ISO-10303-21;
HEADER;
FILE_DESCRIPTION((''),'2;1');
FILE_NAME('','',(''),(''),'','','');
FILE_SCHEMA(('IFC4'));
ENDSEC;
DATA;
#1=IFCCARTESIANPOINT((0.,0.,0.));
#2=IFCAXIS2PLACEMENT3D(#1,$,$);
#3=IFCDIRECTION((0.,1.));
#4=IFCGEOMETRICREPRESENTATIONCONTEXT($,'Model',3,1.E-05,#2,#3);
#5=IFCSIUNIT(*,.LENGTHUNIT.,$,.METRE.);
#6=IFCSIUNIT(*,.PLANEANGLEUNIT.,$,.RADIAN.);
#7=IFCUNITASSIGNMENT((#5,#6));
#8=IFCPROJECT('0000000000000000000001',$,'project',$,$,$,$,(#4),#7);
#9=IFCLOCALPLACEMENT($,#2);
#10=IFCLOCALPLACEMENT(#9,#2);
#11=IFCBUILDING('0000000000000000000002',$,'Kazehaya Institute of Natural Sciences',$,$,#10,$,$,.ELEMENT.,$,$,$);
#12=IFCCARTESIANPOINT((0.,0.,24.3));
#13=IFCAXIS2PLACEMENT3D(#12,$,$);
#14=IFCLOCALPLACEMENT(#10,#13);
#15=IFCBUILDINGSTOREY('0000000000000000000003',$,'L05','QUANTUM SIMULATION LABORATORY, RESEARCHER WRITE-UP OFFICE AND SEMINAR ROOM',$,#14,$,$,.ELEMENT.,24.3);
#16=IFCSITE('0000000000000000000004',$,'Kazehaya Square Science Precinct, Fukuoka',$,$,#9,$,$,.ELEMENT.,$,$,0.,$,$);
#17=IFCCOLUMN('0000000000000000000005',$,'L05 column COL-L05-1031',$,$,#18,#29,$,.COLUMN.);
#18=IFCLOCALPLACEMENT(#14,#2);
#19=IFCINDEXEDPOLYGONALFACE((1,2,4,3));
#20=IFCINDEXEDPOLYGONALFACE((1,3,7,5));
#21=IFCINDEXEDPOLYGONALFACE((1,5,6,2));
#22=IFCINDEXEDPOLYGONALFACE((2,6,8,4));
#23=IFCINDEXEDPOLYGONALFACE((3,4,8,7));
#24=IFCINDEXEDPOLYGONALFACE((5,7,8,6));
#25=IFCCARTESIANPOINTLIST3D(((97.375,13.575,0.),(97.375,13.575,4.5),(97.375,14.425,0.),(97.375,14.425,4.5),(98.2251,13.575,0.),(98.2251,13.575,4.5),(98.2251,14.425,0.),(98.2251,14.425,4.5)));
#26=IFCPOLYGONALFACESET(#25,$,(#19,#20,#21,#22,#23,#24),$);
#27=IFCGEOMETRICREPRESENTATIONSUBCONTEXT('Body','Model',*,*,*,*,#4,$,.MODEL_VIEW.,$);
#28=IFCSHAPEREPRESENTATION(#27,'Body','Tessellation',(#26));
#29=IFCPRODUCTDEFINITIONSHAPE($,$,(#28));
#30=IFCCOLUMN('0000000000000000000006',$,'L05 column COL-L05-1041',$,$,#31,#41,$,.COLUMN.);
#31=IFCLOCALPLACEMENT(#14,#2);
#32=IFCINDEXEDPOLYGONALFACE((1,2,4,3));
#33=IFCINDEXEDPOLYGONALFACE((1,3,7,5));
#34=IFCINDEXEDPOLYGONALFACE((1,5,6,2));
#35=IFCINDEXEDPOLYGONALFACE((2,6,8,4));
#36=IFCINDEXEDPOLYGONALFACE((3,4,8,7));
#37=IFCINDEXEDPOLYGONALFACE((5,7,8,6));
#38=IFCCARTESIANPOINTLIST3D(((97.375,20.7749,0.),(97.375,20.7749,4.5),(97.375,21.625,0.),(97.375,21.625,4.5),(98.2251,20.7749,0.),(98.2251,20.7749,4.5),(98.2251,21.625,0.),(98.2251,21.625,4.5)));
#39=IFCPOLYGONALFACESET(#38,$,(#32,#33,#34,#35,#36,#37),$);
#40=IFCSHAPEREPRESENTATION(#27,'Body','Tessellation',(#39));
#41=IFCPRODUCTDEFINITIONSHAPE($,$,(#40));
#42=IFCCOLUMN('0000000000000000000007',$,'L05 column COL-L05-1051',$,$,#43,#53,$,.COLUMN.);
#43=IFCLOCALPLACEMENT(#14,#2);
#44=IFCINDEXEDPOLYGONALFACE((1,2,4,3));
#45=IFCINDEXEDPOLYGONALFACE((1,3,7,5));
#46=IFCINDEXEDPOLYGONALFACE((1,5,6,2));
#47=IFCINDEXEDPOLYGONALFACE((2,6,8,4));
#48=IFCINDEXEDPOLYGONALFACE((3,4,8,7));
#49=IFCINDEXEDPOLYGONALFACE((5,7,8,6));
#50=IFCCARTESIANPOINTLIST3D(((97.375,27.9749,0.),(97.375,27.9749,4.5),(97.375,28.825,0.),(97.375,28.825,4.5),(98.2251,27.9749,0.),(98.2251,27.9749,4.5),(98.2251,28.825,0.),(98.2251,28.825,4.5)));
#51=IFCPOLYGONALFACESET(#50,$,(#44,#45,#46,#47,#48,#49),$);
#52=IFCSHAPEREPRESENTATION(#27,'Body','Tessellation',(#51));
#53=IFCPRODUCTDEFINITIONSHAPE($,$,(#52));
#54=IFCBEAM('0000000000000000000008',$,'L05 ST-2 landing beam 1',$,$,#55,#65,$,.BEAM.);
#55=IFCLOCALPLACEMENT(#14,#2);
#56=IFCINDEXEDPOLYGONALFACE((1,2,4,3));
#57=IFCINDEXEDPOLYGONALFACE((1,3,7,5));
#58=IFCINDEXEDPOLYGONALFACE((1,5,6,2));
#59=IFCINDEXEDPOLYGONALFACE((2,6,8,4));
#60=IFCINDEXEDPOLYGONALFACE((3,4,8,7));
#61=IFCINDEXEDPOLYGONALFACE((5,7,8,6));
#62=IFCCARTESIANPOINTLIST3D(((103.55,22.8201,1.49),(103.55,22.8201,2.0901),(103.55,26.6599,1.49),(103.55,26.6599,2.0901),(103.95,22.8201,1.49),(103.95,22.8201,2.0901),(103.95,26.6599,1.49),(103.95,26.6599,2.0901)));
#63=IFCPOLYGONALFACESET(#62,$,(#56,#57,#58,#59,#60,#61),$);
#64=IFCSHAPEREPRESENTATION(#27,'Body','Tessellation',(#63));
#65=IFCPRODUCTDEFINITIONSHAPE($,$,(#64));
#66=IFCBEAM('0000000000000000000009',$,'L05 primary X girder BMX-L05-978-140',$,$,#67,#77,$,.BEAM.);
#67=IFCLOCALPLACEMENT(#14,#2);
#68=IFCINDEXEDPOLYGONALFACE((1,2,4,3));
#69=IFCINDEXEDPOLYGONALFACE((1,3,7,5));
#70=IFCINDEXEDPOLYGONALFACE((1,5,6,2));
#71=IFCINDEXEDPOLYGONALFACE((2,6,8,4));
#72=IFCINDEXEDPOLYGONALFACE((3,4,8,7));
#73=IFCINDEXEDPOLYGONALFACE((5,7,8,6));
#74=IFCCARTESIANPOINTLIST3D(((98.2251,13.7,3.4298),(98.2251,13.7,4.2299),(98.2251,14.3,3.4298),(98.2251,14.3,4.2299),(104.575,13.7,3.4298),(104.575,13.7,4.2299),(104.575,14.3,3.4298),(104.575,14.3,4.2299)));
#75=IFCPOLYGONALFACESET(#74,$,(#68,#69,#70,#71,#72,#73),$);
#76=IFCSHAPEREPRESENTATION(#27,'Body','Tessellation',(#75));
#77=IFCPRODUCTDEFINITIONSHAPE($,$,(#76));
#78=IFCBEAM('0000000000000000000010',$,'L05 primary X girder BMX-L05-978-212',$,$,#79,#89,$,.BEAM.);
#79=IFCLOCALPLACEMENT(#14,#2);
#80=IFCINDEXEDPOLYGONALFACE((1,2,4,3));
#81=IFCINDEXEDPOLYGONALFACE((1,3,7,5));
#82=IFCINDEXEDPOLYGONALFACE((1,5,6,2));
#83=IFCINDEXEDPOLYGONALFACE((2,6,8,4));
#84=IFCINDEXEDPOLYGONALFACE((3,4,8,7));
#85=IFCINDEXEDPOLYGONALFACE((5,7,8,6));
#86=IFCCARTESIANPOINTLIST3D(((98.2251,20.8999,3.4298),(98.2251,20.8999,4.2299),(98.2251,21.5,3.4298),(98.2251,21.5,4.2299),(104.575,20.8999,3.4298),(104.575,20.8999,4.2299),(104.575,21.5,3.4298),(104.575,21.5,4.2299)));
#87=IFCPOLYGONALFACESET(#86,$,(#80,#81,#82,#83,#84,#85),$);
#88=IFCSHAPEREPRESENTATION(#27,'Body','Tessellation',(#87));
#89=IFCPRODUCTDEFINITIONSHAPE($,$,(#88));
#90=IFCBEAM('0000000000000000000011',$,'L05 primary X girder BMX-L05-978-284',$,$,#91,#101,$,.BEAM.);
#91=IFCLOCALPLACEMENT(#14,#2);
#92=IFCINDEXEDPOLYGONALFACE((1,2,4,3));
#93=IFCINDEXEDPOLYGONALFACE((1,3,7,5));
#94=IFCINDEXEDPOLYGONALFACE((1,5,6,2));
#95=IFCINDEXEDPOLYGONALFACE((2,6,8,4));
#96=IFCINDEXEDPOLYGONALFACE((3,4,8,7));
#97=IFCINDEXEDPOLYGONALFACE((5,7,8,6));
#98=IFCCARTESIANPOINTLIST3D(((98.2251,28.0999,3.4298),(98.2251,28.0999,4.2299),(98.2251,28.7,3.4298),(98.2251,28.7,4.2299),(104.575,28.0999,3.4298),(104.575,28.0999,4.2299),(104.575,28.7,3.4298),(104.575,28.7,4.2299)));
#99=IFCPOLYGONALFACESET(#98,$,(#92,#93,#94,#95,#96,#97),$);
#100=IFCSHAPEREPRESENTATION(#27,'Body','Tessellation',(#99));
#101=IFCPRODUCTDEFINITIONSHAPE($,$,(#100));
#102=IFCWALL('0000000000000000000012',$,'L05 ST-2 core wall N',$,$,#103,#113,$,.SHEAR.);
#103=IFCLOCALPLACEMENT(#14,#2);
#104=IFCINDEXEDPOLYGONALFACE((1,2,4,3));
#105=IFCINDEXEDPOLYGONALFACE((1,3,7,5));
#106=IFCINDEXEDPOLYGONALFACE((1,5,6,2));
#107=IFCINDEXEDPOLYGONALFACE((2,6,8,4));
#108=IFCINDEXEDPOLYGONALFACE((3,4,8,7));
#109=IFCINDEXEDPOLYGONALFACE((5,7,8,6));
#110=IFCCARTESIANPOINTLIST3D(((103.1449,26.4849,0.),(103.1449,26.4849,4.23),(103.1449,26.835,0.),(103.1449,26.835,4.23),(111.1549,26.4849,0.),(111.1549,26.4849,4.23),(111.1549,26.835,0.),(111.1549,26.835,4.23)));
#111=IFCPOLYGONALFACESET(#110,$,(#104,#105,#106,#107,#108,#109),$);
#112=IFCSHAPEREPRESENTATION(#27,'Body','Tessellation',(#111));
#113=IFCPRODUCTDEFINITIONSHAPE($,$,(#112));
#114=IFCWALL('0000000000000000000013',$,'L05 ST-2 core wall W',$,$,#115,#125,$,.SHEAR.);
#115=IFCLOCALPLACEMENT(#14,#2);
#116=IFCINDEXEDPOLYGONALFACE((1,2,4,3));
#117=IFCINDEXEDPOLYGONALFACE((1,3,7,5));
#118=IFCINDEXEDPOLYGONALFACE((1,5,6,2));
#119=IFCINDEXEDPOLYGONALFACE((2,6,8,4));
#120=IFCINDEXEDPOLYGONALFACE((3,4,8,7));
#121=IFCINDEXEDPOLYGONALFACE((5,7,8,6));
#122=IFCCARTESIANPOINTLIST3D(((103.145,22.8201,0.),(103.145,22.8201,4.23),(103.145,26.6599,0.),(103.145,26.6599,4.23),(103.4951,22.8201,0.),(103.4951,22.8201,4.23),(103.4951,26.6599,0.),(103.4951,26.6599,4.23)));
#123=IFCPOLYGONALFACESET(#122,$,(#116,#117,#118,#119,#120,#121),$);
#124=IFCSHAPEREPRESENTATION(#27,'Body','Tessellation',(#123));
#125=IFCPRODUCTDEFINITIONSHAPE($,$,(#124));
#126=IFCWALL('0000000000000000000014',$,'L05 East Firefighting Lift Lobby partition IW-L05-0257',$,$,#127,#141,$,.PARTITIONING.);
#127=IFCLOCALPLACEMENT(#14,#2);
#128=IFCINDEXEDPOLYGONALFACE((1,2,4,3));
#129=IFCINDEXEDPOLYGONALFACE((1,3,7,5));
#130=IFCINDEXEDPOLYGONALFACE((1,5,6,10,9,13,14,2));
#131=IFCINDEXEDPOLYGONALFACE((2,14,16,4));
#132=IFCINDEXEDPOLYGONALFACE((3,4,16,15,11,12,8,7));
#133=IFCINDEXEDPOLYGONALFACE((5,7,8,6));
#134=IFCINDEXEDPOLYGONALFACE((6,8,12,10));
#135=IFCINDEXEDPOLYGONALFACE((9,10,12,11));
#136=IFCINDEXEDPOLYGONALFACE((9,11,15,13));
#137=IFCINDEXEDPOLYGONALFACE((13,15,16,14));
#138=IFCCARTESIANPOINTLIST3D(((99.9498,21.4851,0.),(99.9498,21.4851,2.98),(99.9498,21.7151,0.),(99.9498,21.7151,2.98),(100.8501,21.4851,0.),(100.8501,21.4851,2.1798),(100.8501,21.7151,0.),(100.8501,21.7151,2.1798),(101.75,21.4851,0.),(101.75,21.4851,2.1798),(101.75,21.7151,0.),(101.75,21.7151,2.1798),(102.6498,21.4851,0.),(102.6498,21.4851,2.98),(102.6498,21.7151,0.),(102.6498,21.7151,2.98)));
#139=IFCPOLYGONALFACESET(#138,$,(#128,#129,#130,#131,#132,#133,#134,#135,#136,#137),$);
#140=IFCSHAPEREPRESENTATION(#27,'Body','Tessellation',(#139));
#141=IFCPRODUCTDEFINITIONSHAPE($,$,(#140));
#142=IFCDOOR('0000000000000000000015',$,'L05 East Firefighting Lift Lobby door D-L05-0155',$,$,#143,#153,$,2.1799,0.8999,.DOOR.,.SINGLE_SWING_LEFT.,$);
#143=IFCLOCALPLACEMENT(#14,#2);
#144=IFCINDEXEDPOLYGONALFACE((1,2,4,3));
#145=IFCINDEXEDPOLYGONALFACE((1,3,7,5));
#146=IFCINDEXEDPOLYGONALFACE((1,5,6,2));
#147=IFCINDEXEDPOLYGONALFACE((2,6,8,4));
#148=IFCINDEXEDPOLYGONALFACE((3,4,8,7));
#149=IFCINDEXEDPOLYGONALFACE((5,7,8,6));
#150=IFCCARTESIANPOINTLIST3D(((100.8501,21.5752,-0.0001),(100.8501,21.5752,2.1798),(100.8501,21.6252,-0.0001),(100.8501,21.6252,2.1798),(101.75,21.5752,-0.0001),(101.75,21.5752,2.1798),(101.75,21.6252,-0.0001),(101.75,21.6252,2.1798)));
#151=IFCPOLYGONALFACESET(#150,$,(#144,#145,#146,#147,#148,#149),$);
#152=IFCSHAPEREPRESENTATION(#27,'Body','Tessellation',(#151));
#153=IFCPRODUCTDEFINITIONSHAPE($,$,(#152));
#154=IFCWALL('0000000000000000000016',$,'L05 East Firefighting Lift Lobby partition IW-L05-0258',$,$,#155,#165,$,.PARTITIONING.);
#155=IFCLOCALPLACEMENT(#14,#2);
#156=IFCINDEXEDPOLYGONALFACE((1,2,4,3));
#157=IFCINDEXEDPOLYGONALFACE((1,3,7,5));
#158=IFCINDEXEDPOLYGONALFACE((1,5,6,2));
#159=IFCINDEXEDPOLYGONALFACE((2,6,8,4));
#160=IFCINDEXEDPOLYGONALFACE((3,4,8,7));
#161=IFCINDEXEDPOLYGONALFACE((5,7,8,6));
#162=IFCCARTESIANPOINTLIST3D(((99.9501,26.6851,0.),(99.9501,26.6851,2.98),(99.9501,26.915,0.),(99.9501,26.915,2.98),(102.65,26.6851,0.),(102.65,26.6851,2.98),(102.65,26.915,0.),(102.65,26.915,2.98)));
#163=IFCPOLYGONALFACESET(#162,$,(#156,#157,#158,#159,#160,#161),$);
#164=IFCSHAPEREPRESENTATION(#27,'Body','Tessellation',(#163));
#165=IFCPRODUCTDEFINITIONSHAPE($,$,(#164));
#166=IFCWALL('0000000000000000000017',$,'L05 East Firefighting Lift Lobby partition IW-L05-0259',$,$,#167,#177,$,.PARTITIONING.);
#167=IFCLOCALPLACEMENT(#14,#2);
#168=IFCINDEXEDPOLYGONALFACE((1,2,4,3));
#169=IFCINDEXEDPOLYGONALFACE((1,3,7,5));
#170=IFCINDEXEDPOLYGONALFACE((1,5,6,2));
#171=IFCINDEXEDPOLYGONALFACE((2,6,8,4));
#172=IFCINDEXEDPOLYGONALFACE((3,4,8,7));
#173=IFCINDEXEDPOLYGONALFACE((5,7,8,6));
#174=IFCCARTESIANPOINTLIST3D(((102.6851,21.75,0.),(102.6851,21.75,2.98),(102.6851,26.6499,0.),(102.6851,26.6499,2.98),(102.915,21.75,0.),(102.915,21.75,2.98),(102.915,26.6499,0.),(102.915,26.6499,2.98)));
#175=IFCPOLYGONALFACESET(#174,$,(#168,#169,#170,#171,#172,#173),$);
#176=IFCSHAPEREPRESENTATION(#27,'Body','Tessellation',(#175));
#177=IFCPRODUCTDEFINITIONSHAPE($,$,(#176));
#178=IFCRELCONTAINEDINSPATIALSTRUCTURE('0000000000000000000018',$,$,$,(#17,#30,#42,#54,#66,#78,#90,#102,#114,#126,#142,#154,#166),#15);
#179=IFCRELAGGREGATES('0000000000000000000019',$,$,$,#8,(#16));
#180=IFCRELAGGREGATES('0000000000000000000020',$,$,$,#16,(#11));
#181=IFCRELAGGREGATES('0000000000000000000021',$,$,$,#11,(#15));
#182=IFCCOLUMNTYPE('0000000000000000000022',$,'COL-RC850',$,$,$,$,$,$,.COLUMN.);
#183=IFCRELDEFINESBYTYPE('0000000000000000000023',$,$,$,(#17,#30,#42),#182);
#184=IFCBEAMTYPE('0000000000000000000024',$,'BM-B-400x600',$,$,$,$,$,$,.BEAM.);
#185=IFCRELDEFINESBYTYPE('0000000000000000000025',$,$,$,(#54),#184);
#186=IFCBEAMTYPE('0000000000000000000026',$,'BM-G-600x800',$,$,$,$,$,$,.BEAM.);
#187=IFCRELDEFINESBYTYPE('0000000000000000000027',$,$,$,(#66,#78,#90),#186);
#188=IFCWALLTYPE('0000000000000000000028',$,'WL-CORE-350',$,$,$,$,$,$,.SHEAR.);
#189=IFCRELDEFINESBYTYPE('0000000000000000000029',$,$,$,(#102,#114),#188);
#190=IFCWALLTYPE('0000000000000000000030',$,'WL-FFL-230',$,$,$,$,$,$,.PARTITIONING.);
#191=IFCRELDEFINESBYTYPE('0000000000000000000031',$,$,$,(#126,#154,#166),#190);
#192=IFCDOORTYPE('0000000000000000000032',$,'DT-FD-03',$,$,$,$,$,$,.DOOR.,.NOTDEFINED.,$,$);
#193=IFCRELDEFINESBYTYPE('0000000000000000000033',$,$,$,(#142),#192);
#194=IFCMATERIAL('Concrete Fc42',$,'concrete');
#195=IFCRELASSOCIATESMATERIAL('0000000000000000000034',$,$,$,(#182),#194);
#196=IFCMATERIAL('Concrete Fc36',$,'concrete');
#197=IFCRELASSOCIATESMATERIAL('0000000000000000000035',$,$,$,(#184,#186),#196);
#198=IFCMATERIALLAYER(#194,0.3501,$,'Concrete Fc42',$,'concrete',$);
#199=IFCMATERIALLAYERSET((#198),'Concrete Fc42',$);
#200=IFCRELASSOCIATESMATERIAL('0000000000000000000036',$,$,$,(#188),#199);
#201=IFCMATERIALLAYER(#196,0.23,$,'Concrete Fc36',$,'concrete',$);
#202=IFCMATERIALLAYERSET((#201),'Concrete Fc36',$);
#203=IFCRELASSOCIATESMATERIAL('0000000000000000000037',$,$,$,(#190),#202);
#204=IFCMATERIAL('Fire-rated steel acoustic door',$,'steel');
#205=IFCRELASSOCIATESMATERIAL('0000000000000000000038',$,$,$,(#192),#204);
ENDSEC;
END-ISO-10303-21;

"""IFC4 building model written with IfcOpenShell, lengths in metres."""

from ifc_helpers import new_model, si_unit, direction, frame, frame_2d, origin, origin_2d, place, context, subcontext, project, spatial, rectangle, extrude, material, layer, layer_set, material_profile, profile_set, type_object, element, fill, save


model = new_model("IFC4")

# Units and contexts
model_context = context("Model", 3, precision=1e-05, world=origin(), true_north=direction((0.0, 1.0)))
body_context = subcontext(model_context, "Body", "Model", "MODEL_VIEW")
ifc_project = project(units=[si_unit("LENGTHUNIT", "METRE"), si_unit("PLANEANGLEUNIT", "RADIAN")], contexts=[model_context])

# Site, building, storey
site_placement = place(None, origin())
site = spatial("IfcSite", under=ifc_project, at=site_placement, Name="Kazehaya Square Science Precinct, Fukuoka", CompositionType="ELEMENT", RefElevation=0.0)
building_placement = place(site_placement, origin())
building = spatial("IfcBuilding", under=site, at=building_placement, Name="Kazehaya Institute of Natural Sciences", CompositionType="ELEMENT")
storey_placement = place(building_placement, frame((0.0, 0.0, 24.3)))
storey = spatial("IfcBuildingStorey", under=building, at=storey_placement, Name="L05", Description="QUANTUM SIMULATION LABORATORY, RESEARCHER WRITE-UP OFFICE AND SEMINAR ROOM", CompositionType="ELEMENT", Elevation=24.3)

# Columns
ifc_material_1 = material(Name="Concrete Fc42", Category="concrete")
ifc_material_profile_1 = material_profile(ifc_material_1, rectangle(XDim=0.8501, YDim=0.8501, at=origin_2d()), Name="RC-850x850")
ifc_profile_set_1 = profile_set([ifc_material_profile_1], Name="Concrete Fc42")
column_type = type_object("IfcColumnType", Name="COL-RC850", PredefinedType="COLUMN", material=ifc_profile_set_1)
for number, where, z_axis, x_axis, name in (
    (1, (97.8, 14.0, 0.0), (0.0, 0.0, 1.0), (1.0, 0.0, 0.0), "L05 column COL-L05-1031"),
    (2, (97.8, 21.2, 0.0), (0.0, 0.0, 1.0), (1.0, 0.0, 0.0), "L05 column COL-L05-1041"),
    (3, (97.8, 28.3999, 0.0), (0.0, 0.0, 1.0), (1.0, 0.0, 0.0), "L05 column COL-L05-1051"),
):
    element("IfcColumn", number, at=place(storey_placement, frame(where, z_axis=z_axis, x_axis=x_axis)), inside=storey, type_object=column_type, Name=name, PredefinedType="COLUMN", context=body_context, shape_type="SweptSolid", body=[
        extrude(rectangle(XDim=0.8501, YDim=0.8501, at=origin_2d()), origin(), (0.0, 0.0, 1.0), 4.5),
    ])

# Beams
ifc_material_2 = material(Name="Concrete Fc36", Category="concrete")
ifc_material_profile_2 = material_profile(ifc_material_2, rectangle(XDim=0.3999, YDim=0.6001, at=origin_2d()), Name="RC-400x600")
ifc_profile_set_2 = profile_set([ifc_material_profile_2], Name="Concrete Fc36")
beam_type_1 = type_object("IfcBeamType", Name="BM-B-400x600", PredefinedType="BEAM", material=ifc_profile_set_2)
beam_placement = place(storey_placement, frame((103.75, 22.8201, 1.79), z_axis=(0.0, 1.0, 0.0), x_axis=(-1.0, 0.0, 0.0)))
element("IfcBeam", 4, at=beam_placement, inside=storey, type_object=beam_type_1, Name="L05 ST-2 landing beam 1", PredefinedType="BEAM", context=body_context, shape_type="SweptSolid", body=[
    extrude(rectangle(XDim=0.3999, YDim=0.6001, at=origin_2d()), origin(), (0.0, 0.0, 1.0), 3.8398),
])
ifc_material_profile_3 = material_profile(ifc_material_2, rectangle(XDim=0.6001, YDim=0.8, at=origin_2d()), Name="RC-600x800")
ifc_profile_set_3 = profile_set([ifc_material_profile_3], Name="Concrete Fc36")
beam_type_2 = type_object("IfcBeamType", Name="BM-G-600x800", PredefinedType="BEAM", material=ifc_profile_set_3)
for number, where, z_axis, x_axis, name in (
    (5, (98.2251, 14.0, 3.8298), (1.0, 0.0, 0.0), (0.0, 1.0, 0.0), "L05 primary X girder BMX-L05-978-140"),
    (6, (98.2251, 21.2, 3.8298), (1.0, 0.0, 0.0), (0.0, 1.0, 0.0), "L05 primary X girder BMX-L05-978-212"),
    (7, (98.2251, 28.3999, 3.8298), (1.0, 0.0, 0.0), (0.0, 1.0, 0.0), "L05 primary X girder BMX-L05-978-284"),
):
    element("IfcBeam", number, at=place(storey_placement, frame(where, z_axis=z_axis, x_axis=x_axis)), inside=storey, type_object=beam_type_2, Name=name, PredefinedType="BEAM", context=body_context, shape_type="SweptSolid", body=[
        extrude(rectangle(XDim=0.6001, YDim=0.8, at=origin_2d()), origin(), (0.0, 0.0, 1.0), 6.3499),
    ])

# Walls
ifc_layer_1 = layer(ifc_material_1, 0.3501, Name="Concrete Fc42", Category="concrete")
ifc_layer_set_1 = layer_set([ifc_layer_1], Name="Concrete Fc42")
wall_type_1 = type_object("IfcWallType", Name="WL-CORE-350", PredefinedType="SHEAR", material=ifc_layer_set_1)
wall_1_placement = place(storey_placement, frame((103.145, 26.6599, 0.0), z_axis=(0.0, 0.0, 1.0), x_axis=(1.0, 0.0, 0.0)))
element("IfcWall", 8, at=wall_1_placement, inside=storey, type_object=wall_type_1, Name="L05 ST-2 core wall N", PredefinedType="SHEAR", context=body_context, shape_type="SweptSolid", body=[
    extrude(rectangle(XDim=8.01, YDim=0.3501, at=frame_2d((4.0049, 0.0))), origin(), (0.0, 0.0, 1.0), 4.23),
])
wall_2_placement = place(storey_placement, frame((103.3201, 22.8201, 0.0), z_axis=(0.0, 0.0, 1.0), x_axis=(0.0, 1.0, 0.0)))
element("IfcWall", 9, at=wall_2_placement, inside=storey, type_object=wall_type_1, Name="L05 ST-2 core wall W", PredefinedType="SHEAR", context=body_context, shape_type="SweptSolid", body=[
    extrude(rectangle(XDim=3.8398, YDim=0.3501, at=frame_2d((1.9199, 0.0))), origin(), (0.0, 0.0, 1.0), 4.23),
])

# Wall, opening, door
ifc_layer_2 = layer(ifc_material_2, 0.23, Name="Concrete Fc36", Category="concrete")
ifc_layer_set_2 = layer_set([ifc_layer_2], Name="Concrete Fc36")
wall_type_2 = type_object("IfcWallType", Name="WL-FFL-230", PredefinedType="PARTITIONING", material=ifc_layer_set_2)
wall_3_placement = place(storey_placement, frame((102.6499, 21.6001, 0.0), z_axis=(0.0, 0.0, 1.0), x_axis=(-1.0, 0.0, 0.0)))
wall_3 = element("IfcWall", 10, at=wall_3_placement, inside=storey, type_object=wall_type_2, Name="L05 East Firefighting Lift Lobby partition IW-L05-0257", PredefinedType="PARTITIONING", context=body_context, shape_type="SweptSolid", body=[
    extrude(rectangle(XDim=2.7, YDim=0.23, at=frame_2d((1.3501, 0.0))), origin(), (0.0, 0.0, 1.0), 2.98),
])
opening_1_placement = place(wall_3_placement, frame((0.8999, 0.0, 0.0)))
opening_1 = element("IfcOpeningElement", 11, at=opening_1_placement, cuts=wall_3, PredefinedType="OPENING", context=body_context, shape_type="SweptSolid", body=[
    extrude(rectangle(XDim=0.8999, YDim=2.1799, at=frame_2d((0.45, 1.0898))), frame((0.0, 0.125, 0.0), z_axis=(0.0, -1.0, 0.0), x_axis=(1.0, 0.0, 0.0)), (0.0, 0.0, 1.0), 0.25),
])
ifc_material_3 = material(Name="Fire-rated steel acoustic door", Category="steel")
door_type_1 = type_object("IfcDoorType", Name="DT-FD-03", OperationType="NOTDEFINED", PredefinedType="DOOR", material=ifc_material_3)
door_1_placement = place(opening_1_placement, origin())
door_1 = element("IfcDoor", 12, at=door_1_placement, inside=storey, type_object=door_type_1, Name="L05 East Firefighting Lift Lobby door D-L05-0155", OperationType="SINGLE_SWING_LEFT", OverallHeight=2.1799, OverallWidth=0.8999, PredefinedType="DOOR", context=body_context, shape_type="SweptSolid", body=[
    extrude(rectangle(XDim=0.8999, YDim=2.1799, at=frame_2d((0.45, 1.0898))), frame((0.0, 0.0249, 0.0), z_axis=(0.0, -1.0, 0.0), x_axis=(1.0, 0.0, 0.0)), (0.0, 0.0, 1.0), 0.05),
])
fill(opening_1, door_1)

# Walls
wall_4_placement = place(storey_placement, frame((99.95, 26.8, 0.0), z_axis=(0.0, 0.0, 1.0), x_axis=(1.0, 0.0, 0.0)))
element("IfcWall", 13, at=wall_4_placement, inside=storey, type_object=wall_type_2, Name="L05 East Firefighting Lift Lobby partition IW-L05-0258", PredefinedType="PARTITIONING", context=body_context, shape_type="SweptSolid", body=[
    extrude(rectangle(XDim=2.7, YDim=0.23, at=frame_2d((1.3501, 0.0))), origin(), (0.0, 0.0, 1.0), 2.98),
])
wall_5_placement = place(storey_placement, frame((102.8, 26.6499, 0.0), z_axis=(0.0, 0.0, 1.0), x_axis=(0.0, -1.0, 0.0)))
element("IfcWall", 14, at=wall_5_placement, inside=storey, type_object=wall_type_2, Name="L05 East Firefighting Lift Lobby partition IW-L05-0259", PredefinedType="PARTITIONING", context=body_context, shape_type="SweptSolid", body=[
    extrude(rectangle(XDim=4.8999, YDim=0.23, at=frame_2d((2.45, 0.0))), origin(), (0.0, 0.0, 1.0), 2.98),
])

save(model, "model.ifc")
